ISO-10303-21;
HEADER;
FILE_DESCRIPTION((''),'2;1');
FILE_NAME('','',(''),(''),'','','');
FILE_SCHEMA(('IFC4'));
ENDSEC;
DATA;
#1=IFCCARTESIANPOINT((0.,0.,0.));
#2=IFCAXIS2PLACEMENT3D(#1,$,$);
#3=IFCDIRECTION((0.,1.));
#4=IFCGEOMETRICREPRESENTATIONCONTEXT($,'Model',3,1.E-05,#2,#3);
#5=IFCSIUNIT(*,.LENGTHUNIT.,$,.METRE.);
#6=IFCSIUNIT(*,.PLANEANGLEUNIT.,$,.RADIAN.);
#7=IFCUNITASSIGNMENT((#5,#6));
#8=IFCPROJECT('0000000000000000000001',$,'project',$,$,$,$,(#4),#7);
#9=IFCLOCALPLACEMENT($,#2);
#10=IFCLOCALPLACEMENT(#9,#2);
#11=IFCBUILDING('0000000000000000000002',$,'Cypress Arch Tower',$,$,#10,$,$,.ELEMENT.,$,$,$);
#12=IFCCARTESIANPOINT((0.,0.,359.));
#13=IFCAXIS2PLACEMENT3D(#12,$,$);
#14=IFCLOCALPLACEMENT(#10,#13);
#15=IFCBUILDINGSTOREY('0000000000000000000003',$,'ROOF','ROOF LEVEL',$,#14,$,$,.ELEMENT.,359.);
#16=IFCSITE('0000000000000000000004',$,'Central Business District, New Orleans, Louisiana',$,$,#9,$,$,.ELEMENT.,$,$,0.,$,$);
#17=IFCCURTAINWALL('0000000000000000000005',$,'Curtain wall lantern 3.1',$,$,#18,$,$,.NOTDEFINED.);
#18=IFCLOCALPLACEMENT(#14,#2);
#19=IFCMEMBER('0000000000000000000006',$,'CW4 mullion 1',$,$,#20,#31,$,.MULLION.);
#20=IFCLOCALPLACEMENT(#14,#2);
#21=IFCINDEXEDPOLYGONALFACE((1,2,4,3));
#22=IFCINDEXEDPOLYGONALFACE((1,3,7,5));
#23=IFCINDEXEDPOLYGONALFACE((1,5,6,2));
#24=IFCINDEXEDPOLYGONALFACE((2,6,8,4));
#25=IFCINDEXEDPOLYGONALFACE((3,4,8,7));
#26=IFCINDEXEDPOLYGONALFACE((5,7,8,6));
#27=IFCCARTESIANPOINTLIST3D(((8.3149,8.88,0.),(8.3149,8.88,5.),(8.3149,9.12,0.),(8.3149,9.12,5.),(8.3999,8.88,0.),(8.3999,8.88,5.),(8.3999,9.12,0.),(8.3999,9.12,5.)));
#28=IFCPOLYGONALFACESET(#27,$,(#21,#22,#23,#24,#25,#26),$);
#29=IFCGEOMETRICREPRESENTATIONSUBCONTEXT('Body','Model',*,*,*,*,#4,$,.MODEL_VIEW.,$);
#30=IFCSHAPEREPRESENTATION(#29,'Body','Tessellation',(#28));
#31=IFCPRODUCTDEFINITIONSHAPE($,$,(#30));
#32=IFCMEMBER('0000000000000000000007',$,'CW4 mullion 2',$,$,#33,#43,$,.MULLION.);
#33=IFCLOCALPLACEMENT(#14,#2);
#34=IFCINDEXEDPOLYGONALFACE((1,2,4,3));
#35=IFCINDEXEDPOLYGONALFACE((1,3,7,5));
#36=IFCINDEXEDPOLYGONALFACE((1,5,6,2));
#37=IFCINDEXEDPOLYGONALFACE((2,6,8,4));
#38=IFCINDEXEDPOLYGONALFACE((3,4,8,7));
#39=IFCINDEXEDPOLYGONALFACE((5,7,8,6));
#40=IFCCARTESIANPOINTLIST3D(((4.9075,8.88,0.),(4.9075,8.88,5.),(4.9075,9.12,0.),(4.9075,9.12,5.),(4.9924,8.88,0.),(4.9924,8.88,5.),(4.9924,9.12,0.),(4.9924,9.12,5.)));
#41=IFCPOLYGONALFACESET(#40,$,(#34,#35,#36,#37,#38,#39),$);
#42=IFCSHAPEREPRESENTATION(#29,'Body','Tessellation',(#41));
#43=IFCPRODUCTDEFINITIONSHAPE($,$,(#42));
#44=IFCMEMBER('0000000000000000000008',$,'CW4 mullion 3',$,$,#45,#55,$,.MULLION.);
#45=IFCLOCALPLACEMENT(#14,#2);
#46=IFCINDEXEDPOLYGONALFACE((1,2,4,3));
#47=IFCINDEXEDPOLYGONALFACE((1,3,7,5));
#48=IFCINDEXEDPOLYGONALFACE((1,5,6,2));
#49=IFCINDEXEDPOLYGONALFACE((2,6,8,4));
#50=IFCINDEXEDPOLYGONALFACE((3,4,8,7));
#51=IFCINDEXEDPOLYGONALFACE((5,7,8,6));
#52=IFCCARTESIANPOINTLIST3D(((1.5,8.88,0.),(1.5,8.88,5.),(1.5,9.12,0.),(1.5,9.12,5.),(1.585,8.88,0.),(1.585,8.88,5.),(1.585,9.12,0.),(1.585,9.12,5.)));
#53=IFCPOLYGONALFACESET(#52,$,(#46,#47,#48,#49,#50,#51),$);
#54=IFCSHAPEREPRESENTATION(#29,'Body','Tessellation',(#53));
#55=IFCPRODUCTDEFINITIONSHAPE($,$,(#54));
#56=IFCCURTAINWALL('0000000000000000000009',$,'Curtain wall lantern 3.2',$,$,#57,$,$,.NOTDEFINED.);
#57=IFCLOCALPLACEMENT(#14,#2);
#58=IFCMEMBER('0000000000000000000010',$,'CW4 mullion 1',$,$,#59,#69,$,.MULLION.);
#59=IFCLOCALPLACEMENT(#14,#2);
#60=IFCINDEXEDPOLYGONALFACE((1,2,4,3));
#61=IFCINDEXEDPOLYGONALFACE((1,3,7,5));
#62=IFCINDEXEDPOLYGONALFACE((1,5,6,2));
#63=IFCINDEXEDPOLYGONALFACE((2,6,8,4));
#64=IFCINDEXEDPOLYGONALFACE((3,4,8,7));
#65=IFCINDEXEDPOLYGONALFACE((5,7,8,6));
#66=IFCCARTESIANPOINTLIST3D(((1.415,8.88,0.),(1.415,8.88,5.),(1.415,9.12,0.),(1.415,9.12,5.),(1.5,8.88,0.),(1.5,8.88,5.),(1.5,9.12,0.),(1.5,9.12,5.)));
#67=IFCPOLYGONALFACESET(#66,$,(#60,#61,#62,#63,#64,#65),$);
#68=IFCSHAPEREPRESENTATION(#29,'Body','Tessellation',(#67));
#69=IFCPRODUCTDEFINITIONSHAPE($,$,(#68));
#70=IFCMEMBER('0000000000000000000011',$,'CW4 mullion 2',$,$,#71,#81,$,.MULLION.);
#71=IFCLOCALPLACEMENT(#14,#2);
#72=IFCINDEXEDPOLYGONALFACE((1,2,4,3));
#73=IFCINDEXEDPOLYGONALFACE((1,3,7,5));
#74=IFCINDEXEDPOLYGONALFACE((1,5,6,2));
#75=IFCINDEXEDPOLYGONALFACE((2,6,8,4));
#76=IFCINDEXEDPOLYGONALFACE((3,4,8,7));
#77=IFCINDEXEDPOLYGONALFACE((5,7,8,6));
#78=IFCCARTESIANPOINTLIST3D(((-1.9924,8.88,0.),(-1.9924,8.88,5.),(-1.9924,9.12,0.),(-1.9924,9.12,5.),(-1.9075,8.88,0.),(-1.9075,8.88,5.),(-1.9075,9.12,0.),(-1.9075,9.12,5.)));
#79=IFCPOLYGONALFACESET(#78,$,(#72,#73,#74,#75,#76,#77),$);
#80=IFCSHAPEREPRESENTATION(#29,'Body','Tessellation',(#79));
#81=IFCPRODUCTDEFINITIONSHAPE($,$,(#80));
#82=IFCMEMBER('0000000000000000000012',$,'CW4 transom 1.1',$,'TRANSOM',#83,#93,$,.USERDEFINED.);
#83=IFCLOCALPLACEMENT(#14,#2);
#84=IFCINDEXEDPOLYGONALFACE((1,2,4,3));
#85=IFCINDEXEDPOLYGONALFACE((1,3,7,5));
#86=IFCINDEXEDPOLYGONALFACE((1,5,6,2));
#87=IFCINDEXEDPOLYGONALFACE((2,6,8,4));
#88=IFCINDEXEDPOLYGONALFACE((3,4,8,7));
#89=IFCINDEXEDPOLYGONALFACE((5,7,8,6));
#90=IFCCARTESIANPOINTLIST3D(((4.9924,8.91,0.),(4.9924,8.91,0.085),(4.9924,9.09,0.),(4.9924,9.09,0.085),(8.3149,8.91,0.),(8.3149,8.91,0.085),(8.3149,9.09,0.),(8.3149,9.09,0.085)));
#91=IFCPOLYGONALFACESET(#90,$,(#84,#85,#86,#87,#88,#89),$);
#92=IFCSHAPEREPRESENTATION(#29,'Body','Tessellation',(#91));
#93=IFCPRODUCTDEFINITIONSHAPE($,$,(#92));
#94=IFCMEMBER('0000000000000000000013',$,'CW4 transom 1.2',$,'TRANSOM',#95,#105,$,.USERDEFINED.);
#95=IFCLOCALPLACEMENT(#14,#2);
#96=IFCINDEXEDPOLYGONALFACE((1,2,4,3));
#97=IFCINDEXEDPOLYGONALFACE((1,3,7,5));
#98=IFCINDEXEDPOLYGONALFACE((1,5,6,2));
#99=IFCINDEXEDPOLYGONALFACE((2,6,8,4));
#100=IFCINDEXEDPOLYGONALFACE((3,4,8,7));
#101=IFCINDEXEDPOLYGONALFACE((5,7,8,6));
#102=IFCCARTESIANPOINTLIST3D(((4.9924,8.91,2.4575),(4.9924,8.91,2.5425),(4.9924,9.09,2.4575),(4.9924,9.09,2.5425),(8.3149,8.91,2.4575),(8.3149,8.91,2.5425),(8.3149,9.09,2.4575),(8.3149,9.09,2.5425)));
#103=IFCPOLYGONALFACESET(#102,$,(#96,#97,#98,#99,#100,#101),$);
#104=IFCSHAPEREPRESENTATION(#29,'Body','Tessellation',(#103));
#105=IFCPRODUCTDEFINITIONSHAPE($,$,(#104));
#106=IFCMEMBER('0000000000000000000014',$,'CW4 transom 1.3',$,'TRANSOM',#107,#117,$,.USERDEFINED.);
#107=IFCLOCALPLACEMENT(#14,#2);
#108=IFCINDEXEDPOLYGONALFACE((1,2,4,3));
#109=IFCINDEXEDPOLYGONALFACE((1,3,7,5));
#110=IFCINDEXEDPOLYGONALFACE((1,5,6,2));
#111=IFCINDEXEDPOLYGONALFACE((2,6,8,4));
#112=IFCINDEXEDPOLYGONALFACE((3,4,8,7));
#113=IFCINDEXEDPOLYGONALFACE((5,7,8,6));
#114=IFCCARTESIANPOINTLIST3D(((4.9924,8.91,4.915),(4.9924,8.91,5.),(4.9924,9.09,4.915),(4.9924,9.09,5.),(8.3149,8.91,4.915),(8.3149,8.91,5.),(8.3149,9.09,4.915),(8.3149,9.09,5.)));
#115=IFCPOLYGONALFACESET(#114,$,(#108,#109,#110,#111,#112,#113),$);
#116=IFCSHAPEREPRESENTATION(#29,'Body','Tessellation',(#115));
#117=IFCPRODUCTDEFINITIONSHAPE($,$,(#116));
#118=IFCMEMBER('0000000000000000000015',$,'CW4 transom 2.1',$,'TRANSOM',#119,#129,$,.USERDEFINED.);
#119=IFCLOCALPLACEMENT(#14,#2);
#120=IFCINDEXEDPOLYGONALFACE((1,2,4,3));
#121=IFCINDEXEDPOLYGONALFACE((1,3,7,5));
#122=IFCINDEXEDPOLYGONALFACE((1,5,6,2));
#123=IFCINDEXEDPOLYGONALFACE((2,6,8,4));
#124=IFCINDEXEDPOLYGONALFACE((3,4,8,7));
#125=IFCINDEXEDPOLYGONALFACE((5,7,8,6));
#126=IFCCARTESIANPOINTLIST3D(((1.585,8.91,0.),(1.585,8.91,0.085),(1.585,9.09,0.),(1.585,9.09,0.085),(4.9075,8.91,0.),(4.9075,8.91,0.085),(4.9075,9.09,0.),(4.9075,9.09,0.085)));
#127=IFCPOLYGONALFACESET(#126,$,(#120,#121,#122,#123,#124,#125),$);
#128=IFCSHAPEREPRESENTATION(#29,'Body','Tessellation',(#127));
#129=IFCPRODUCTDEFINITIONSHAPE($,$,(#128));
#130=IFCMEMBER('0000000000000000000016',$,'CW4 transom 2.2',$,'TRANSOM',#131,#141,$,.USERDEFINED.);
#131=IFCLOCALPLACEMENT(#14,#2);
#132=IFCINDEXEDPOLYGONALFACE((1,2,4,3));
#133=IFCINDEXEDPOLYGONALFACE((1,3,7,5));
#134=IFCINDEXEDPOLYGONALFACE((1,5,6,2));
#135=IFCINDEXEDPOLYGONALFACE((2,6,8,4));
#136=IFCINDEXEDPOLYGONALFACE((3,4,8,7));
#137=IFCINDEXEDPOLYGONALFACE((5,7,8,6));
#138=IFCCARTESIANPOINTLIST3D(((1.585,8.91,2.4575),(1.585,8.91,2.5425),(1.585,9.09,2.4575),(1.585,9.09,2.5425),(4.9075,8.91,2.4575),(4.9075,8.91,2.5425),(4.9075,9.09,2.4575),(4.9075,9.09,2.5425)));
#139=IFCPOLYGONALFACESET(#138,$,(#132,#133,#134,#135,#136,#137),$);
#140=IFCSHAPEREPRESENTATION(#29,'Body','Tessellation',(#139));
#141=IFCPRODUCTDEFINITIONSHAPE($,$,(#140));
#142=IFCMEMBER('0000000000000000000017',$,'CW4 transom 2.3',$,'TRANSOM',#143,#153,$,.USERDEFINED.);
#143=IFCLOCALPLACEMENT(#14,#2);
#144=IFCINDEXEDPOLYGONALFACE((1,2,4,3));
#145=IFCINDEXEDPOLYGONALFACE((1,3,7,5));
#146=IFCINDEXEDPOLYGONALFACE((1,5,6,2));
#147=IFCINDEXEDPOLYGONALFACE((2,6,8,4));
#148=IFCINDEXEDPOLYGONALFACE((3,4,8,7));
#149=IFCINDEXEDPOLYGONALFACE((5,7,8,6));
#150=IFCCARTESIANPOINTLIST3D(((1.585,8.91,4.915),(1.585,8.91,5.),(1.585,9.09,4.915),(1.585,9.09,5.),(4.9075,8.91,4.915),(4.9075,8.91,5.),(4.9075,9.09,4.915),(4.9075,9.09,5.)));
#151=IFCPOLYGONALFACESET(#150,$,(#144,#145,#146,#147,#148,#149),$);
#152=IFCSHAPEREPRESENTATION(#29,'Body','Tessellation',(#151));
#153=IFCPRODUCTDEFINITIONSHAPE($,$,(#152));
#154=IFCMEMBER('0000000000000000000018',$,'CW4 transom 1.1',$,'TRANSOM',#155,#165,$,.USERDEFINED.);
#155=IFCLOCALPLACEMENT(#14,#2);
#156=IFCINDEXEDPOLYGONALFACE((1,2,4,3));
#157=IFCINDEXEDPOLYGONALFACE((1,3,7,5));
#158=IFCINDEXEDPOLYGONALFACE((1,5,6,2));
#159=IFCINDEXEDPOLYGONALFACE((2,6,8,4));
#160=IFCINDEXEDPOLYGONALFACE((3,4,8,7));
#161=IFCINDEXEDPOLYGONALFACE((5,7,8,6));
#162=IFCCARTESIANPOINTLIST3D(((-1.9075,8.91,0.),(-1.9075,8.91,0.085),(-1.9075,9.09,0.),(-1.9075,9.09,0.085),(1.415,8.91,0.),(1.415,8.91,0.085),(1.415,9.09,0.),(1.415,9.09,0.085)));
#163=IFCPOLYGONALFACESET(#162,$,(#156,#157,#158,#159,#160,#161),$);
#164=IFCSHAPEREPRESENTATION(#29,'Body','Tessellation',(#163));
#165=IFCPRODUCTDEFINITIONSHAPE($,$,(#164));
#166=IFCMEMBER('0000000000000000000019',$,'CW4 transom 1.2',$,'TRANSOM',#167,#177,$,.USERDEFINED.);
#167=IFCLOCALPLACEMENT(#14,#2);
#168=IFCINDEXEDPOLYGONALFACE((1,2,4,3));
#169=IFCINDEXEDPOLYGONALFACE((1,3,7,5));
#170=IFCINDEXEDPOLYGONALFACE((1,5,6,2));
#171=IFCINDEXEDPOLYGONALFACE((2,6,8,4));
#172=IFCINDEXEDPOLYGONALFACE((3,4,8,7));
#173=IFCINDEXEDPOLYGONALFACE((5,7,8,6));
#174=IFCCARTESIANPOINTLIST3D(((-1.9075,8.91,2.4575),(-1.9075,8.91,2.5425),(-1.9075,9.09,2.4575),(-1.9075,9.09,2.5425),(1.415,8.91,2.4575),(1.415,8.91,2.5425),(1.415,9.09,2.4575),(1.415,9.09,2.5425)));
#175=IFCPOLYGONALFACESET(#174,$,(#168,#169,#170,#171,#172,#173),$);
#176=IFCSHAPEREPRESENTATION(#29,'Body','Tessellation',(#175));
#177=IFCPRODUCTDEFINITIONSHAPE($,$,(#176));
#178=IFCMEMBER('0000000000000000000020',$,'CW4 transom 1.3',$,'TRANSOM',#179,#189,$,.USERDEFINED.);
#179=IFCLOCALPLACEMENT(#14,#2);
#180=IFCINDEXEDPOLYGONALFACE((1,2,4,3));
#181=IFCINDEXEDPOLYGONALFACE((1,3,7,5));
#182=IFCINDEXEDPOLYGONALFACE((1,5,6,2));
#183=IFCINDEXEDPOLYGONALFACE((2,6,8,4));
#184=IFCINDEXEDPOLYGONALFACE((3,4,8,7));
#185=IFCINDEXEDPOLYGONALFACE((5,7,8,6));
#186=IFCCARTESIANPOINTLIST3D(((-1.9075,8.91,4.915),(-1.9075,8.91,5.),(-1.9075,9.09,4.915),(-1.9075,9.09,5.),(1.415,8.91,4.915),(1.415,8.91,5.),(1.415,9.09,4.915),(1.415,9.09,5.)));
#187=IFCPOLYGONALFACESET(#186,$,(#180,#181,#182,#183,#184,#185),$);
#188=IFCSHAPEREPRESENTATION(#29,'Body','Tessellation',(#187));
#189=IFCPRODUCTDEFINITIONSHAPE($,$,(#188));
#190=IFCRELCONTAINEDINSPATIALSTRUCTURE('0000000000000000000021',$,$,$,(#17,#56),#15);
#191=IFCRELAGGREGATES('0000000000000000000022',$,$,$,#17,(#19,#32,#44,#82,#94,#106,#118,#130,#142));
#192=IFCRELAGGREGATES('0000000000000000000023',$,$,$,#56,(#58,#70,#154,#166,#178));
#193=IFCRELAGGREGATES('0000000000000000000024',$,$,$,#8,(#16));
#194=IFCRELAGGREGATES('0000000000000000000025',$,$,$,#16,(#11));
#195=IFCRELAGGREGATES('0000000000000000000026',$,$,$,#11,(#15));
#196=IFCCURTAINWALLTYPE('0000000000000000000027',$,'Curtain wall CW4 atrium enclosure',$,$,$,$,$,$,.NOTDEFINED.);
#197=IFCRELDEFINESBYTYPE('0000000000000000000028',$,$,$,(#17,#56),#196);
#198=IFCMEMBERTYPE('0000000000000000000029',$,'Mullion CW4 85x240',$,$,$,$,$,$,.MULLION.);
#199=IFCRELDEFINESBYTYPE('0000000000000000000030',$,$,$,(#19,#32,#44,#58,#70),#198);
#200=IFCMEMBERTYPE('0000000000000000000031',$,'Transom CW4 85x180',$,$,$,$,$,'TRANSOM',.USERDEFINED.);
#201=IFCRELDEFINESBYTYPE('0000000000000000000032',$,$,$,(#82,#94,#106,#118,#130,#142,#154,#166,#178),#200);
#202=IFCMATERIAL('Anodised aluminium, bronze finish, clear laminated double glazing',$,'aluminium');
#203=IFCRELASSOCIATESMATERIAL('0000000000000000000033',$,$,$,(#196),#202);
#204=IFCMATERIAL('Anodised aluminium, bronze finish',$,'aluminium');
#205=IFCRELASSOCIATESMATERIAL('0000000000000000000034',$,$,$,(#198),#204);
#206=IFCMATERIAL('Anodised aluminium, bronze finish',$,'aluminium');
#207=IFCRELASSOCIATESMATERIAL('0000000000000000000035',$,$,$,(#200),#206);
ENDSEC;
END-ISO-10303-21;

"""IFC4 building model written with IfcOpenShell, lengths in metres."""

from ifc_helpers import new_model, si_unit, direction, frame, origin, origin_2d, place, context, subcontext, project, spatial, rectangle, extrude, material, material_profile, profile_set, type_object, element, aggregate, save


model = new_model("IFC4")

# Units and contexts
model_context = context("Model", 3, precision=1e-05, world=origin(), true_north=direction((0.0, 1.0)))
body_context = subcontext(model_context, "Body", "Model", "MODEL_VIEW")
ifc_project = project(units=[si_unit("LENGTHUNIT", "METRE"), si_unit("PLANEANGLEUNIT", "RADIAN")], contexts=[model_context])

# Site, building, storey
site_placement = place(None, origin())
site = spatial("IfcSite", under=ifc_project, at=site_placement, Name="Central Business District, New Orleans, Louisiana", CompositionType="ELEMENT", RefElevation=0.0)
building_placement = place(site_placement, origin())
building = spatial("IfcBuilding", under=site, at=building_placement, Name="Cypress Arch Tower", CompositionType="ELEMENT")
storey_placement = place(building_placement, frame((0.0, 0.0, 359.0)))
storey = spatial("IfcBuildingStorey", under=building, at=storey_placement, Name="ROOF", Description="ROOF LEVEL", CompositionType="ELEMENT", Elevation=359.0)

# Curtain walls, members
ifc_material_1 = material(Name="Anodised aluminium, bronze finish, clear laminated double glazing", Category="aluminium")
curtain_wall_type = type_object("IfcCurtainWallType", Name="Curtain wall CW4 atrium enclosure", PredefinedType="NOTDEFINED", material=ifc_material_1)
curtain_wall_1_placement = place(storey_placement, origin())
curtain_wall_1 = element("IfcCurtainWall", 1, at=curtain_wall_1_placement, inside=storey, type_object=curtain_wall_type, Name="Curtain wall lantern 3.1", PredefinedType="NOTDEFINED")
ifc_material_2 = material(Name="Anodised aluminium, bronze finish", Category="aluminium")
ifc_material_profile_1 = material_profile(ifc_material_2, rectangle(XDim=0.24, YDim=0.085, at=origin_2d()), Name="Mullion 85x240")
ifc_profile_set_1 = profile_set([ifc_material_profile_1], Name="Anodised aluminium, bronze finish")
member_type_1 = type_object("IfcMemberType", Name="Mullion CW4 85x240", PredefinedType="MULLION", material=ifc_profile_set_1)
member_1_placement = place(storey_placement, frame((8.3574, 9.0, 0.0), z_axis=(0.0, 0.0, 1.0), x_axis=(0.0, -1.0, 0.0)))
member_1 = element("IfcMember", 2, at=member_1_placement, type_object=member_type_1, Name="CW4 mullion 1", PredefinedType="MULLION", context=body_context, shape_type="SweptSolid", body=[
    extrude(rectangle(XDim=0.24, YDim=0.085, at=origin_2d()), origin(), (0.0, 0.0, 1.0), 5.0),
])
member_2_placement = place(storey_placement, frame((4.95, 9.0, 0.0), z_axis=(0.0, 0.0, 1.0), x_axis=(0.0, -1.0, 0.0)))
member_2 = element("IfcMember", 3, at=member_2_placement, type_object=member_type_1, Name="CW4 mullion 2", PredefinedType="MULLION", context=body_context, shape_type="SweptSolid", body=[
    extrude(rectangle(XDim=0.24, YDim=0.085, at=origin_2d()), origin(), (0.0, 0.0, 1.0), 5.0),
])
member_3_placement = place(storey_placement, frame((1.5425, 9.0, 0.0), z_axis=(0.0, 0.0, 1.0), x_axis=(0.0, -1.0, 0.0)))
member_3 = element("IfcMember", 4, at=member_3_placement, type_object=member_type_1, Name="CW4 mullion 3", PredefinedType="MULLION", context=body_context, shape_type="SweptSolid", body=[
    extrude(rectangle(XDim=0.24, YDim=0.085, at=origin_2d()), origin(), (0.0, 0.0, 1.0), 5.0),
])
curtain_wall_2_placement = place(storey_placement, origin())
curtain_wall_2 = element("IfcCurtainWall", 5, at=curtain_wall_2_placement, inside=storey, type_object=curtain_wall_type, Name="Curtain wall lantern 3.2", PredefinedType="NOTDEFINED")
member_4_placement = place(storey_placement, frame((1.4575, 9.0, 0.0), z_axis=(0.0, 0.0, 1.0), x_axis=(0.0, -1.0, 0.0)))
member_4 = element("IfcMember", 6, at=member_4_placement, type_object=member_type_1, Name="CW4 mullion 1", PredefinedType="MULLION", context=body_context, shape_type="SweptSolid", body=[
    extrude(rectangle(XDim=0.24, YDim=0.085, at=origin_2d()), origin(), (0.0, 0.0, 1.0), 5.0),
])
member_5_placement = place(storey_placement, frame((-1.95, 9.0, 0.0), z_axis=(0.0, 0.0, 1.0), x_axis=(0.0, -1.0, 0.0)))
member_5 = element("IfcMember", 7, at=member_5_placement, type_object=member_type_1, Name="CW4 mullion 2", PredefinedType="MULLION", context=body_context, shape_type="SweptSolid", body=[
    extrude(rectangle(XDim=0.24, YDim=0.085, at=origin_2d()), origin(), (0.0, 0.0, 1.0), 5.0),
])

# Members
ifc_material_3 = material(Name="Anodised aluminium, bronze finish", Category="aluminium")
ifc_material_profile_2 = material_profile(ifc_material_3, rectangle(XDim=0.1799, YDim=0.085, at=origin_2d()), Name="Transom 85x180")
ifc_profile_set_2 = profile_set([ifc_material_profile_2], Name="Anodised aluminium, bronze finish")
member_type_2 = type_object("IfcMemberType", Name="Transom CW4 85x180", ElementType="TRANSOM", PredefinedType="USERDEFINED", material=ifc_profile_set_2)
member_6_placement = place(storey_placement, frame((8.3149, 9.0, 0.0425), z_axis=(-1.0, 0.0, 0.0), x_axis=(0.0, -1.0, 0.0)))
member_6 = element("IfcMember", 8, at=member_6_placement, type_object=member_type_2, Name="CW4 transom 1.1", ObjectType="TRANSOM", PredefinedType="USERDEFINED", context=body_context, shape_type="SweptSolid", body=[
    extrude(rectangle(XDim=0.1799, YDim=0.085, at=origin_2d()), origin(), (0.0, 0.0, 1.0), 3.3225),
])
member_7_placement = place(storey_placement, frame((8.3149, 9.0, 2.5), z_axis=(-1.0, 0.0, 0.0), x_axis=(0.0, -1.0, 0.0)))
member_7 = element("IfcMember", 9, at=member_7_placement, type_object=member_type_2, Name="CW4 transom 1.2", ObjectType="TRANSOM", PredefinedType="USERDEFINED", context=body_context, shape_type="SweptSolid", body=[
    extrude(rectangle(XDim=0.1799, YDim=0.085, at=origin_2d()), origin(), (0.0, 0.0, 1.0), 3.3225),
])
member_8_placement = place(storey_placement, frame((8.3149, 9.0, 4.9575), z_axis=(-1.0, 0.0, 0.0), x_axis=(0.0, -1.0, 0.0)))
member_8 = element("IfcMember", 10, at=member_8_placement, type_object=member_type_2, Name="CW4 transom 1.3", ObjectType="TRANSOM", PredefinedType="USERDEFINED", context=body_context, shape_type="SweptSolid", body=[
    extrude(rectangle(XDim=0.1799, YDim=0.085, at=origin_2d()), origin(), (0.0, 0.0, 1.0), 3.3225),
])
member_9_placement = place(storey_placement, frame((4.9075, 9.0, 0.0425), z_axis=(-1.0, 0.0, 0.0), x_axis=(0.0, -1.0, 0.0)))
member_9 = element("IfcMember", 11, at=member_9_placement, type_object=member_type_2, Name="CW4 transom 2.1", ObjectType="TRANSOM", PredefinedType="USERDEFINED", context=body_context, shape_type="SweptSolid", body=[
    extrude(rectangle(XDim=0.1799, YDim=0.085, at=origin_2d()), origin(), (0.0, 0.0, 1.0), 3.3225),
])
member_10_placement = place(storey_placement, frame((4.9075, 9.0, 2.5), z_axis=(-1.0, 0.0, 0.0), x_axis=(0.0, -1.0, 0.0)))
member_10 = element("IfcMember", 12, at=member_10_placement, type_object=member_type_2, Name="CW4 transom 2.2", ObjectType="TRANSOM", PredefinedType="USERDEFINED", context=body_context, shape_type="SweptSolid", body=[
    extrude(rectangle(XDim=0.1799, YDim=0.085, at=origin_2d()), origin(), (0.0, 0.0, 1.0), 3.3225),
])
member_11_placement = place(storey_placement, frame((4.9075, 9.0, 4.9575), z_axis=(-1.0, 0.0, 0.0), x_axis=(0.0, -1.0, 0.0)))
member_11 = element("IfcMember", 13, at=member_11_placement, type_object=member_type_2, Name="CW4 transom 2.3", ObjectType="TRANSOM", PredefinedType="USERDEFINED", context=body_context, shape_type="SweptSolid", body=[
    extrude(rectangle(XDim=0.1799, YDim=0.085, at=origin_2d()), origin(), (0.0, 0.0, 1.0), 3.3225),
])
member_12_placement = place(storey_placement, frame((1.415, 9.0, 0.0425), z_axis=(-1.0, 0.0, 0.0), x_axis=(0.0, -1.0, 0.0)))
member_12 = element("IfcMember", 14, at=member_12_placement, type_object=member_type_2, Name="CW4 transom 1.1", ObjectType="TRANSOM", PredefinedType="USERDEFINED", context=body_context, shape_type="SweptSolid", body=[
    extrude(rectangle(XDim=0.1799, YDim=0.085, at=origin_2d()), origin(), (0.0, 0.0, 1.0), 3.3225),
])
member_13_placement = place(storey_placement, frame((1.415, 9.0, 2.5), z_axis=(-1.0, 0.0, 0.0), x_axis=(0.0, -1.0, 0.0)))
member_13 = element("IfcMember", 15, at=member_13_placement, type_object=member_type_2, Name="CW4 transom 1.2", ObjectType="TRANSOM", PredefinedType="USERDEFINED", context=body_context, shape_type="SweptSolid", body=[
    extrude(rectangle(XDim=0.1799, YDim=0.085, at=origin_2d()), origin(), (0.0, 0.0, 1.0), 3.3225),
])
member_14_placement = place(storey_placement, frame((1.415, 9.0, 4.9575), z_axis=(-1.0, 0.0, 0.0), x_axis=(0.0, -1.0, 0.0)))
member_14 = element("IfcMember", 16, at=member_14_placement, type_object=member_type_2, Name="CW4 transom 1.3", ObjectType="TRANSOM", PredefinedType="USERDEFINED", context=body_context, shape_type="SweptSolid", body=[
    extrude(rectangle(XDim=0.1799, YDim=0.085, at=origin_2d()), origin(), (0.0, 0.0, 1.0), 3.3225),
])

aggregate(curtain_wall_1, [member_1, member_2, member_3, member_6, member_7, member_8, member_9, member_10, member_11])
aggregate(curtain_wall_2, [member_4, member_5, member_12, member_13, member_14])

save(model, "model.ifc")
